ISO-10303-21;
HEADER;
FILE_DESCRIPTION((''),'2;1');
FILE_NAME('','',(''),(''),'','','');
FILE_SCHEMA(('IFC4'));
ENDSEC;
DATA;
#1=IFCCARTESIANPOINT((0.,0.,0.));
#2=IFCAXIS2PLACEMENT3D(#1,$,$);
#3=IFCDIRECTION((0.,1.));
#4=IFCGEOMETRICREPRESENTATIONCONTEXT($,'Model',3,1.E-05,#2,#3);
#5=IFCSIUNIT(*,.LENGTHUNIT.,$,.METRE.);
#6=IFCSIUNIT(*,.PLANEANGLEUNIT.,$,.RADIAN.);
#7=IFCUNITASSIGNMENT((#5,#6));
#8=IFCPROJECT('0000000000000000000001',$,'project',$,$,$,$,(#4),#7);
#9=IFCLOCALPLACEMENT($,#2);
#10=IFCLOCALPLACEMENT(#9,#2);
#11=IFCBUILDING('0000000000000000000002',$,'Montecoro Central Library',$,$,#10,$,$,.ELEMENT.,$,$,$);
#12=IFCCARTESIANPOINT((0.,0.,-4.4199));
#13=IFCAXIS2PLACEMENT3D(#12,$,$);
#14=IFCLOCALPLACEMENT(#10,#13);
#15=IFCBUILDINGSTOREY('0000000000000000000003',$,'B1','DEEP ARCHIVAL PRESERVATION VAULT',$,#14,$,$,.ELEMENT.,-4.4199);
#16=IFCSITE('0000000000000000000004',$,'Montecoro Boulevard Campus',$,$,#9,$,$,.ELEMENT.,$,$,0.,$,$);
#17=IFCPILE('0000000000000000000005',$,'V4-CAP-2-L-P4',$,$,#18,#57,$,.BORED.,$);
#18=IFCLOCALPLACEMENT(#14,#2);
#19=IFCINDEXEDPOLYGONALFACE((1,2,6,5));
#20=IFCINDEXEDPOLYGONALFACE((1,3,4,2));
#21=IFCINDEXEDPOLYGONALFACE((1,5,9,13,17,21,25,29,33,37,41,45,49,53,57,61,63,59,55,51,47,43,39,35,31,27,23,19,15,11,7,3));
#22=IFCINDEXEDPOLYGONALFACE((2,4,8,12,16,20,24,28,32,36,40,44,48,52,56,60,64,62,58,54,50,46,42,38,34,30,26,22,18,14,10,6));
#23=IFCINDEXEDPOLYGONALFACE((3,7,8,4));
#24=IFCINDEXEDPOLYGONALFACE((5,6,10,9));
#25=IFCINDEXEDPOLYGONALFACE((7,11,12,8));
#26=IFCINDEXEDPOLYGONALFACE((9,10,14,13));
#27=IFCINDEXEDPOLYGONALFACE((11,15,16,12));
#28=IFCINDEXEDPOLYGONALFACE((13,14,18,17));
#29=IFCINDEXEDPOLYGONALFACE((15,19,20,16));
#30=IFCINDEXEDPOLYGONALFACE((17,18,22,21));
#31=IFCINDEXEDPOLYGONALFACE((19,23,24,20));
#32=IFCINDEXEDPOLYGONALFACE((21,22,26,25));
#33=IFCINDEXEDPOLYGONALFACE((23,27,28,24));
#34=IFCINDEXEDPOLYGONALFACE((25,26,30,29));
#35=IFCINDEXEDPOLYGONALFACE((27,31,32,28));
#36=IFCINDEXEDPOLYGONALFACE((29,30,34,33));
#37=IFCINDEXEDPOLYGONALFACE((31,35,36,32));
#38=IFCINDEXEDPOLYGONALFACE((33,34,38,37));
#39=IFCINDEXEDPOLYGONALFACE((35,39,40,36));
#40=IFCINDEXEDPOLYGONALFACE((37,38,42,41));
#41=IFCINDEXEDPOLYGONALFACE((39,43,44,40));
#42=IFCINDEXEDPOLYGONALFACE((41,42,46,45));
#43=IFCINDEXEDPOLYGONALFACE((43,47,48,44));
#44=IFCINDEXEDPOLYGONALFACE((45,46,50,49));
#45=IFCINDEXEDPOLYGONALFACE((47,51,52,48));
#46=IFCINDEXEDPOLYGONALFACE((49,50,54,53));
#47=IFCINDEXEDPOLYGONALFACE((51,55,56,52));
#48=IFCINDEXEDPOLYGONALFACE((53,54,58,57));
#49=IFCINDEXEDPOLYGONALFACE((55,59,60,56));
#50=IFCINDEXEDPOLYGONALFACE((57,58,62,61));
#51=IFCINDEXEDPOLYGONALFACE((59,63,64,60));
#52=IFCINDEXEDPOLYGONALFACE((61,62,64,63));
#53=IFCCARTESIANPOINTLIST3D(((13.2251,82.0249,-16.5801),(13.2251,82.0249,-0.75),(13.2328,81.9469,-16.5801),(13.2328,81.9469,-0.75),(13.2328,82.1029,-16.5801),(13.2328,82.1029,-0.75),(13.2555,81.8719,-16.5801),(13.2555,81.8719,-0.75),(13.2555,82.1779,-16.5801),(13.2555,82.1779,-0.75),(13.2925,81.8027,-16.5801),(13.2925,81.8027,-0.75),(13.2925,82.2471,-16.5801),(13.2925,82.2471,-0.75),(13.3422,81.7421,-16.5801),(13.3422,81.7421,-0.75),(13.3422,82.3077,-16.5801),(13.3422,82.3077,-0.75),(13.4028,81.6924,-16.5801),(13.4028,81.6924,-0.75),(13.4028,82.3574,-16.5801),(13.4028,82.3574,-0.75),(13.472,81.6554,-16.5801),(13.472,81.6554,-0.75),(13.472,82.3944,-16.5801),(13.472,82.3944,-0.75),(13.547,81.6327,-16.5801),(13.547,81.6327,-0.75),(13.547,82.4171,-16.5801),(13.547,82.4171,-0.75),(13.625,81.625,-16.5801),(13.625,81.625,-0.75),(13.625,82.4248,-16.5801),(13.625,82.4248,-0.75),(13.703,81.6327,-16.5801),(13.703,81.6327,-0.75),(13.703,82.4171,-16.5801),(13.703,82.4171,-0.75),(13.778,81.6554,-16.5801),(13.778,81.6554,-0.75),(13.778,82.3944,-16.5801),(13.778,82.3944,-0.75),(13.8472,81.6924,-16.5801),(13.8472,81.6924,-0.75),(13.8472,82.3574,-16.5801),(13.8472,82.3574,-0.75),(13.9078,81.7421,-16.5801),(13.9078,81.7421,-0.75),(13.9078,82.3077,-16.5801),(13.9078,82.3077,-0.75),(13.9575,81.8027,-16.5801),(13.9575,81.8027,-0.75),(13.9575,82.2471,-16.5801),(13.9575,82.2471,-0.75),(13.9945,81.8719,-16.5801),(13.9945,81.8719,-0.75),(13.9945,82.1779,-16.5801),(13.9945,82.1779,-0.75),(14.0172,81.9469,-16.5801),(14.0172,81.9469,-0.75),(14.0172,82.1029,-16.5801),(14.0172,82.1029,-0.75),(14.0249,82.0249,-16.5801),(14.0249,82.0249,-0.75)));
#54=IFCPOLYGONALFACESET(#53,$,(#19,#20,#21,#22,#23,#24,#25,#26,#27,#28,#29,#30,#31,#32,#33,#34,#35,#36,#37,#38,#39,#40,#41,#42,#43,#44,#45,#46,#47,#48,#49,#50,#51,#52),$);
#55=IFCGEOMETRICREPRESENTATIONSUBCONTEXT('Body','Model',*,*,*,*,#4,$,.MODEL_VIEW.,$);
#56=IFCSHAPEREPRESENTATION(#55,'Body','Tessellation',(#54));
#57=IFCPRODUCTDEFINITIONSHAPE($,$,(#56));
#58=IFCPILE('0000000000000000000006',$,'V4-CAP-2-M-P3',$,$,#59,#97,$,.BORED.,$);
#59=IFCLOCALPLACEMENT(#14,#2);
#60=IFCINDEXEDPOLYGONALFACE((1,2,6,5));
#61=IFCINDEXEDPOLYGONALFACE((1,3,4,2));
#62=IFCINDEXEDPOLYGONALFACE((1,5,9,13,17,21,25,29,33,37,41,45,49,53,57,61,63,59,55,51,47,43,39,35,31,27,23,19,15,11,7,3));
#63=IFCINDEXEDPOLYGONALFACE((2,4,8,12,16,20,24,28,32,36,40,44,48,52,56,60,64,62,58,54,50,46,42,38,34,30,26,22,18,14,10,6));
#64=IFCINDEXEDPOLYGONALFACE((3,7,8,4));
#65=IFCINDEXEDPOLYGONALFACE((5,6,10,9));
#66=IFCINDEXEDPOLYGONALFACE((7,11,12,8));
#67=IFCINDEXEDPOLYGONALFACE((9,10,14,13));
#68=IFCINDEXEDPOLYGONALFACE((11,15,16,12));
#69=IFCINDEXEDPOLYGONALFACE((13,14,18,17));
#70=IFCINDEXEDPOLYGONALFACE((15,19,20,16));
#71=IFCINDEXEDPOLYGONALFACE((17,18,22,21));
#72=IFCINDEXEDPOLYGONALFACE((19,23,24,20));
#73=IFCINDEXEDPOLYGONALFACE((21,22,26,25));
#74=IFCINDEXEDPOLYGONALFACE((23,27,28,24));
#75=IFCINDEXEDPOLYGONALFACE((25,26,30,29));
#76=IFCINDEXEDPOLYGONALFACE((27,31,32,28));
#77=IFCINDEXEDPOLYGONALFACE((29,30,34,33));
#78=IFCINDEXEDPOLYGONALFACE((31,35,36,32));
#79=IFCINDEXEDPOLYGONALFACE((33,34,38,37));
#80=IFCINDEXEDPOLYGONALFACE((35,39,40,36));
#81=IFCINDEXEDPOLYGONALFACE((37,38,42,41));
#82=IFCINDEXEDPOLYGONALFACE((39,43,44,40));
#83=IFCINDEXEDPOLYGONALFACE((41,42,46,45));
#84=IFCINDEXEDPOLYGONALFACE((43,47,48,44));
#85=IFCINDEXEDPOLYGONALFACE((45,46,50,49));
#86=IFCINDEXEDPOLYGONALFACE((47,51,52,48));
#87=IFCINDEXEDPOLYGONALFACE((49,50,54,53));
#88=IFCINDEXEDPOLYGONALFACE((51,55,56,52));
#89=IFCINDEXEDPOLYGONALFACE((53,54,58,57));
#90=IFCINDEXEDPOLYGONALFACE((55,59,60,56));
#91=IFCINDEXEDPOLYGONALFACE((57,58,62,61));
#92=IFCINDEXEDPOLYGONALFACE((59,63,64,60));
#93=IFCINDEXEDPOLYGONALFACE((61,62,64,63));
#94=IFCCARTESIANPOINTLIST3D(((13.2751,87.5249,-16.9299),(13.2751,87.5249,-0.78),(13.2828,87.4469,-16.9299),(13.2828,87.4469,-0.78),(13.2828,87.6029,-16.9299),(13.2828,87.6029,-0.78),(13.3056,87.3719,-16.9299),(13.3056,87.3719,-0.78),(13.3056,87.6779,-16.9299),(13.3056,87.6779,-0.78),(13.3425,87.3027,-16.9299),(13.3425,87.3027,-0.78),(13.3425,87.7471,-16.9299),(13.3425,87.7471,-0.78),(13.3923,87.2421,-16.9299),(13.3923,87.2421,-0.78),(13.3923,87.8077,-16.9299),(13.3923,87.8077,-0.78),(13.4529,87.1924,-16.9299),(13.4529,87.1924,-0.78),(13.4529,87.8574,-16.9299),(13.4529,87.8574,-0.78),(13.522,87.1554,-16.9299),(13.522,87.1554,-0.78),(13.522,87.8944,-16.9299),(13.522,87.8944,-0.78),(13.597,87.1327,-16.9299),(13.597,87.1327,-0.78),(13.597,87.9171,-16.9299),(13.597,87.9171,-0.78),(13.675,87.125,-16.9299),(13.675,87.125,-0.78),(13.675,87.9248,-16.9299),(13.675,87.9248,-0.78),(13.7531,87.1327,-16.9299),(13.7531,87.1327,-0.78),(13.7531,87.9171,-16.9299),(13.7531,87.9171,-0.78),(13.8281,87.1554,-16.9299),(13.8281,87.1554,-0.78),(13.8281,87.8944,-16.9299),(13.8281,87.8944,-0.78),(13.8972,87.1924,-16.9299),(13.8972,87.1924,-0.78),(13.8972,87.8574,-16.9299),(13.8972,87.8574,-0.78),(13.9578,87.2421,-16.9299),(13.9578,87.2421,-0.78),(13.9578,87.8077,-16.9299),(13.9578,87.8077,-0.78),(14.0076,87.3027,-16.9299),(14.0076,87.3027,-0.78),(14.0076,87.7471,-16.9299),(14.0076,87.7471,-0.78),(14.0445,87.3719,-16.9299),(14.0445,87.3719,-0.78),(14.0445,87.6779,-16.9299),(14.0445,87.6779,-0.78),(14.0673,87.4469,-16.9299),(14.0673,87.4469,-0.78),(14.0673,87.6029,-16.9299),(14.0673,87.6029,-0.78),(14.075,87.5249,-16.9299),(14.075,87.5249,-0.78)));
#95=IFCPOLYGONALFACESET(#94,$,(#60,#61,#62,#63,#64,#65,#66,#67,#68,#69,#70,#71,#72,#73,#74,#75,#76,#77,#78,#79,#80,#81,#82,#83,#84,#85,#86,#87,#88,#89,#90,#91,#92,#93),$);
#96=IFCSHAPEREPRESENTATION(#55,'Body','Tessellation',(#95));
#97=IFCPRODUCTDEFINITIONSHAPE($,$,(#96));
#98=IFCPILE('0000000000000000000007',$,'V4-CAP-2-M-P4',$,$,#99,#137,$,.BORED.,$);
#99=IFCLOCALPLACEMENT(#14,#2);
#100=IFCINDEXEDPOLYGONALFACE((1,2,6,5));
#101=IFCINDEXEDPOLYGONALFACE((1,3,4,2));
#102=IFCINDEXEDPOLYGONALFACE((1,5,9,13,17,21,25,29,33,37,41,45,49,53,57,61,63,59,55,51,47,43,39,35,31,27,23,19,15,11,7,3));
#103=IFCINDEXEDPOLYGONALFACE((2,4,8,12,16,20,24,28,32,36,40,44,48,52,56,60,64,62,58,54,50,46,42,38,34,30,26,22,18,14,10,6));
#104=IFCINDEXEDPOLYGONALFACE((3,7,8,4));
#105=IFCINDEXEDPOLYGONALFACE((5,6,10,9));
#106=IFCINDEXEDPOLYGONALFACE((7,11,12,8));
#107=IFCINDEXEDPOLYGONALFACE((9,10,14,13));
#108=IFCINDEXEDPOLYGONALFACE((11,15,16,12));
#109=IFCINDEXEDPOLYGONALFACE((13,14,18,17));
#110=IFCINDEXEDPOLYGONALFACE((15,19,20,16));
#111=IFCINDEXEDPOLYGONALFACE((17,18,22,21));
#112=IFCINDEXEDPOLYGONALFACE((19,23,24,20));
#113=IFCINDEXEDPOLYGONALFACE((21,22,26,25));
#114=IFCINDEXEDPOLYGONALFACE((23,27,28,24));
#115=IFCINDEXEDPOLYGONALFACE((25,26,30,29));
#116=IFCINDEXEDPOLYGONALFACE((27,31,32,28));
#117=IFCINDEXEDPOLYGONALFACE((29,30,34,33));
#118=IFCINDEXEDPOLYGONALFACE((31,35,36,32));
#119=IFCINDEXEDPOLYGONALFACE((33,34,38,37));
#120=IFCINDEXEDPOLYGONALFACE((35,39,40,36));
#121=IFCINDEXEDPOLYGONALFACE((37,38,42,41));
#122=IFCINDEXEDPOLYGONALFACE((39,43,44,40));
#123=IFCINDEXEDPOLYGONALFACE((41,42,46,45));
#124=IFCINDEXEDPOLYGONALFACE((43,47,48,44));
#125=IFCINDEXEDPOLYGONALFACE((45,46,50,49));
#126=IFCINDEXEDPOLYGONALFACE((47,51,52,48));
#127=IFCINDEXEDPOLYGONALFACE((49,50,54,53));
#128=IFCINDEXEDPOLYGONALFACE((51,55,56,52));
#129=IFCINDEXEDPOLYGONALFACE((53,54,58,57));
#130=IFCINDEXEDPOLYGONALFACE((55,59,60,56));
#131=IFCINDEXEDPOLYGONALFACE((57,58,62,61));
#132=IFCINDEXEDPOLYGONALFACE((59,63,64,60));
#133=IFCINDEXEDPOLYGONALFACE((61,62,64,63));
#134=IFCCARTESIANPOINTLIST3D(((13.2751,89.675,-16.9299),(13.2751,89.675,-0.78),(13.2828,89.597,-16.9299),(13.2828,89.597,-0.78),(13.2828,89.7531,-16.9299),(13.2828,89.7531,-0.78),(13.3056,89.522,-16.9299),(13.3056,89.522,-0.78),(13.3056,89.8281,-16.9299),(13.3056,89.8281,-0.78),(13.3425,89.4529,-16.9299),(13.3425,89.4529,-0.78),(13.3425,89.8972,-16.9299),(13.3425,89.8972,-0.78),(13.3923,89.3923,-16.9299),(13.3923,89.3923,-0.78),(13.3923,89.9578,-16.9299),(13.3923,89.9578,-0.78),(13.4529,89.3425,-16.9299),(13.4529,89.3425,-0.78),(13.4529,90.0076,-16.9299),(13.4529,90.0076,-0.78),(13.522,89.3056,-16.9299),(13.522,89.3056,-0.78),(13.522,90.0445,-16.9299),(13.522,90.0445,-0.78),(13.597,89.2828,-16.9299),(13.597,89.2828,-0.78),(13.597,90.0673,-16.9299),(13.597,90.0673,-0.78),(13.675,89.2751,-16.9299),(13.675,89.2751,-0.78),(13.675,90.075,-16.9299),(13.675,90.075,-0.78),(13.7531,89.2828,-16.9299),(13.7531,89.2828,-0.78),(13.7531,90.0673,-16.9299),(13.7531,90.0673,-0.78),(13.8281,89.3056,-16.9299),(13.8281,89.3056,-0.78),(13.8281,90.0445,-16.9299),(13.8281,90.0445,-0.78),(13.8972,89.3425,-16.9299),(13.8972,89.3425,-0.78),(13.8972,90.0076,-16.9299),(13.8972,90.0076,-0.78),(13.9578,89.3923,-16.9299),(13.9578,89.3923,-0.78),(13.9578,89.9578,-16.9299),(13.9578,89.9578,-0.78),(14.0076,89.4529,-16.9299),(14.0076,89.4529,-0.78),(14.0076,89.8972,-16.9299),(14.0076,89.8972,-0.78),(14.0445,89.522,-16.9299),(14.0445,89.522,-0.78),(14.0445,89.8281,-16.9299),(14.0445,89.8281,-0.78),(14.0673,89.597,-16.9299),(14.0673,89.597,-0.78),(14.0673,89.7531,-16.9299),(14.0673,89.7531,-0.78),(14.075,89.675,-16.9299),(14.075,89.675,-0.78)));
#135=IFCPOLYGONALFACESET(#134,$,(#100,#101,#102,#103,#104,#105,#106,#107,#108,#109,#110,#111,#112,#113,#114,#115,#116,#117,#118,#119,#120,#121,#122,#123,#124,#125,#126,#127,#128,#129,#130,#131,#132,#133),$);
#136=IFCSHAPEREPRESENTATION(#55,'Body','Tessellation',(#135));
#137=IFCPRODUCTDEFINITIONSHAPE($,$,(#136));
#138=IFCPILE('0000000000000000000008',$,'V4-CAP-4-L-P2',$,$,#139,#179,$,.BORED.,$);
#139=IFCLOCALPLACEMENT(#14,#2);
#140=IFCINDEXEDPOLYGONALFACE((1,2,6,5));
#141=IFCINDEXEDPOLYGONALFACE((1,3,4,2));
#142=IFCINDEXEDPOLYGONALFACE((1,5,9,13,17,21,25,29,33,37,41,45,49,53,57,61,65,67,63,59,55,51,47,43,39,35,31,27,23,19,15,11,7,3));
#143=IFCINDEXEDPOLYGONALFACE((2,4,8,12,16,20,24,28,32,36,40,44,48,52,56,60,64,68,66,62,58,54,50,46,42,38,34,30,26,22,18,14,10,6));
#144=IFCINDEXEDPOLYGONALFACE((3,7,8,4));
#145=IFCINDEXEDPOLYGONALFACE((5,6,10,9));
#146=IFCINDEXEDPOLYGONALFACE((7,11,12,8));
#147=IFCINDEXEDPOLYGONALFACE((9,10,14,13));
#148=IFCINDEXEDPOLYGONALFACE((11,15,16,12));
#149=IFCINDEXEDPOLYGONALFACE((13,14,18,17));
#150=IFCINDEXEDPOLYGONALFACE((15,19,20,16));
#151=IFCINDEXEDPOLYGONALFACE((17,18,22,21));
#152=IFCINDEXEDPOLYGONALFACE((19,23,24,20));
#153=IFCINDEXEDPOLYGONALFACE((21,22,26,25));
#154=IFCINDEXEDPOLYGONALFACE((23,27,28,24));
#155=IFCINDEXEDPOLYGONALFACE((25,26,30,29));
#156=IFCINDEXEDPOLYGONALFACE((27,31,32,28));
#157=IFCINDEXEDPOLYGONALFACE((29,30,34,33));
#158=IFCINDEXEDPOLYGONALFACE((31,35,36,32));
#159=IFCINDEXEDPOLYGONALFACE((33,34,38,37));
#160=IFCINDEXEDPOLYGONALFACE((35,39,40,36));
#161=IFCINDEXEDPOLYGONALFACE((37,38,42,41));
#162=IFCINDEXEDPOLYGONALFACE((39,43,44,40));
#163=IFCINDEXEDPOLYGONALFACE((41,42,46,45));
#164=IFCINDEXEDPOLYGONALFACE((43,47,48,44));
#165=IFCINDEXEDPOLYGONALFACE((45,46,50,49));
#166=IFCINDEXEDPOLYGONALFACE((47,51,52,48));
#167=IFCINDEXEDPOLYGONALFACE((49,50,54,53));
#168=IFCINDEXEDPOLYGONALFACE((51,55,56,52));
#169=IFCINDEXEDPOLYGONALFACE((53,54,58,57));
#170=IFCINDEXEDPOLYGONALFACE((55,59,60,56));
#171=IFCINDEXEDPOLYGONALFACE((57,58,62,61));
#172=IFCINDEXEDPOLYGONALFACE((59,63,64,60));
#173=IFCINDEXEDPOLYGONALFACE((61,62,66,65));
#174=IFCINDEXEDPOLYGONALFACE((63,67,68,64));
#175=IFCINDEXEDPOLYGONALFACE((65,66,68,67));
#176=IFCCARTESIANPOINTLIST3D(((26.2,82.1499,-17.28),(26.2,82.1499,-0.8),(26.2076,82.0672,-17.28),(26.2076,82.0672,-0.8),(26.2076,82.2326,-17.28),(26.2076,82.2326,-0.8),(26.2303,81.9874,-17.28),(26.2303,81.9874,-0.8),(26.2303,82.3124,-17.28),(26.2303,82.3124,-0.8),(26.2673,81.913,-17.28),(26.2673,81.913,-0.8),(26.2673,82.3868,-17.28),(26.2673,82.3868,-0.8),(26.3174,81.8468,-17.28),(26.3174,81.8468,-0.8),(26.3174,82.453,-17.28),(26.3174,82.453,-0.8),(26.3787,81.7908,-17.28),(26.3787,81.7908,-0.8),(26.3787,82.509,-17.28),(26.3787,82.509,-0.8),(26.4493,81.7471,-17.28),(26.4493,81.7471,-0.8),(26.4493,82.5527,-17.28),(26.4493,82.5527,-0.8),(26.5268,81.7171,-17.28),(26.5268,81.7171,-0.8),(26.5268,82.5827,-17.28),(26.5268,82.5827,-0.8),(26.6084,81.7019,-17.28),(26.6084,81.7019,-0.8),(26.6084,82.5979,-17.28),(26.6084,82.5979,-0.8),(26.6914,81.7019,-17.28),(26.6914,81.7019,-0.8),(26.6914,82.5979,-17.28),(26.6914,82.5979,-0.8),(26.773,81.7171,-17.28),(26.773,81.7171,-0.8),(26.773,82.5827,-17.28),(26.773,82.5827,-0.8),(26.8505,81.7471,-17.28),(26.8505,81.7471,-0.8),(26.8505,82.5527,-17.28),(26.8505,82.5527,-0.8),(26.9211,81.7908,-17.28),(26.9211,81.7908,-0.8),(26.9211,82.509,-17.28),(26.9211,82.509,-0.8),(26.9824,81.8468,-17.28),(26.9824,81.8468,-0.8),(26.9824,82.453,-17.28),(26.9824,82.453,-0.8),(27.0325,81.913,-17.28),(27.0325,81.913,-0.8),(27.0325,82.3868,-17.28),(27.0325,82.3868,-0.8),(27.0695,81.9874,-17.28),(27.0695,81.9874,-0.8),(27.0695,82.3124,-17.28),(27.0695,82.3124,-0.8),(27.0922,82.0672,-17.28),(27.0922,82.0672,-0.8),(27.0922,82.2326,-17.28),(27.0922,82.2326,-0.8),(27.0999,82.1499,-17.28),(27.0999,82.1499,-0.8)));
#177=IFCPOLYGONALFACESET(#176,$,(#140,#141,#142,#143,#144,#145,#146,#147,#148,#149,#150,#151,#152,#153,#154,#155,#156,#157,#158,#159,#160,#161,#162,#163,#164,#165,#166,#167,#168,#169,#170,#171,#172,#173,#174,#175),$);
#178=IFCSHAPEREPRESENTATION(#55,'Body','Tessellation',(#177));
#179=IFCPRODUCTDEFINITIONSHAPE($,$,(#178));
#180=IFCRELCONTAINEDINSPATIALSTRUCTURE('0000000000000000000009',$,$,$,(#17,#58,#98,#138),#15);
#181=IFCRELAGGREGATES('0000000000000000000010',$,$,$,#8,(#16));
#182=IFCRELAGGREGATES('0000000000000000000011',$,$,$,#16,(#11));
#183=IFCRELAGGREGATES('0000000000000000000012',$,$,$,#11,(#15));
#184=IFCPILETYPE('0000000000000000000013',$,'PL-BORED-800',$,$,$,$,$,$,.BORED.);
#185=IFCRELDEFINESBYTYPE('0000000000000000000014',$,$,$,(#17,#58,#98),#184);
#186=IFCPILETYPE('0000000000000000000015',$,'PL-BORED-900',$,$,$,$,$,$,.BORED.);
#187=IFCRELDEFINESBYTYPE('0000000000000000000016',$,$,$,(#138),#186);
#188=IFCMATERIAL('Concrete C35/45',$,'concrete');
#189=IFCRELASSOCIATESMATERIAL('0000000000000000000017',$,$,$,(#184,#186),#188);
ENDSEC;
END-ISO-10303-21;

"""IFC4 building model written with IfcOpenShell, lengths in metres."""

from ifc_helpers import new_model, si_unit, direction, frame, origin, origin_2d, place, context, subcontext, project, spatial, circle, extrude, material, material_profile, profile_set, type_object, element, save


model = new_model("IFC4")

# Units and contexts
model_context = context("Model", 3, precision=1e-05, world=origin(), true_north=direction((0.0, 1.0)))
body_context = subcontext(model_context, "Body", "Model", "MODEL_VIEW")
ifc_project = project(units=[si_unit("LENGTHUNIT", "METRE"), si_unit("PLANEANGLEUNIT", "RADIAN")], contexts=[model_context])

# Site, building, storey
site_placement = place(None, origin())
site = spatial("IfcSite", under=ifc_project, at=site_placement, Name="Montecoro Boulevard Campus", CompositionType="ELEMENT", RefElevation=0.0)
building_placement = place(site_placement, origin())
building = spatial("IfcBuilding", under=site, at=building_placement, Name="Montecoro Central Library", CompositionType="ELEMENT")
storey_placement = place(building_placement, frame((0.0, 0.0, -4.4199)))
storey = spatial("IfcBuildingStorey", under=building, at=storey_placement, Name="B1", Description="DEEP ARCHIVAL PRESERVATION VAULT", CompositionType="ELEMENT", Elevation=-4.4199)

# Shared definitions
ifc_material_1 = material(Name="Concrete C35/45", Category="concrete")

# Piles
ifc_material_profile_1 = material_profile(ifc_material_1, circle(Radius=0.3999, at=origin_2d()), Name="PILE D800")
ifc_profile_set_1 = profile_set([ifc_material_profile_1], Name="Concrete C35/45")
pile_type_1 = type_object("IfcPileType", Name="PL-BORED-800", PredefinedType="BORED", material=ifc_profile_set_1)
pile_placement = place(storey_placement, frame((13.625, 82.0249, -0.75), z_axis=(0.0, 0.0, -1.0), x_axis=(1.0, 0.0, 0.0)))
element("IfcPile", 1, at=pile_placement, inside=storey, type_object=pile_type_1, Name="V4-CAP-2-L-P4", PredefinedType="BORED", context=body_context, shape_type="SweptSolid", body=[
    extrude(circle(Radius=0.3999, at=origin_2d()), origin(), (0.0, 0.0, 1.0), 15.8301),
])
for number, where, z_axis, x_axis, name in (
    (2, (13.675, 87.5249, -0.78), (0.0, 0.0, -1.0), (1.0, 0.0, 0.0), "V4-CAP-2-M-P3"),
    (3, (13.675, 89.675, -0.78), (0.0, 0.0, -1.0), (1.0, 0.0, 0.0), "V4-CAP-2-M-P4"),
):
    element("IfcPile", number, at=place(storey_placement, frame(where, z_axis=z_axis, x_axis=x_axis)), inside=storey, type_object=pile_type_1, Name=name, PredefinedType="BORED", context=body_context, shape_type="SweptSolid", body=[
        extrude(circle(Radius=0.3999, at=origin_2d()), origin(), (0.0, 0.0, 1.0), 16.1499),
    ])
ifc_material_profile_2 = material_profile(ifc_material_1, circle(Radius=0.45, at=origin_2d()), Name="PILE D900")
ifc_profile_set_2 = profile_set([ifc_material_profile_2], Name="Concrete C35/45")
pile_type_2 = type_object("IfcPileType", Name="PL-BORED-900", PredefinedType="BORED", material=ifc_profile_set_2)
for number, where, z_axis, x_axis, name in (
    (4, (26.6499, 82.1499, -0.8), (0.0, 0.0, -1.0), (1.0, 0.0, 0.0), "V4-CAP-4-L-P2"),
):
    element("IfcPile", number, at=place(storey_placement, frame(where, z_axis=z_axis, x_axis=x_axis)), inside=storey, type_object=pile_type_2, Name=name, PredefinedType="BORED", context=body_context, shape_type="SweptSolid", body=[
        extrude(circle(Radius=0.45, at=origin_2d()), origin(), (0.0, 0.0, 1.0), 16.48),
    ])

save(model, "model.ifc")
